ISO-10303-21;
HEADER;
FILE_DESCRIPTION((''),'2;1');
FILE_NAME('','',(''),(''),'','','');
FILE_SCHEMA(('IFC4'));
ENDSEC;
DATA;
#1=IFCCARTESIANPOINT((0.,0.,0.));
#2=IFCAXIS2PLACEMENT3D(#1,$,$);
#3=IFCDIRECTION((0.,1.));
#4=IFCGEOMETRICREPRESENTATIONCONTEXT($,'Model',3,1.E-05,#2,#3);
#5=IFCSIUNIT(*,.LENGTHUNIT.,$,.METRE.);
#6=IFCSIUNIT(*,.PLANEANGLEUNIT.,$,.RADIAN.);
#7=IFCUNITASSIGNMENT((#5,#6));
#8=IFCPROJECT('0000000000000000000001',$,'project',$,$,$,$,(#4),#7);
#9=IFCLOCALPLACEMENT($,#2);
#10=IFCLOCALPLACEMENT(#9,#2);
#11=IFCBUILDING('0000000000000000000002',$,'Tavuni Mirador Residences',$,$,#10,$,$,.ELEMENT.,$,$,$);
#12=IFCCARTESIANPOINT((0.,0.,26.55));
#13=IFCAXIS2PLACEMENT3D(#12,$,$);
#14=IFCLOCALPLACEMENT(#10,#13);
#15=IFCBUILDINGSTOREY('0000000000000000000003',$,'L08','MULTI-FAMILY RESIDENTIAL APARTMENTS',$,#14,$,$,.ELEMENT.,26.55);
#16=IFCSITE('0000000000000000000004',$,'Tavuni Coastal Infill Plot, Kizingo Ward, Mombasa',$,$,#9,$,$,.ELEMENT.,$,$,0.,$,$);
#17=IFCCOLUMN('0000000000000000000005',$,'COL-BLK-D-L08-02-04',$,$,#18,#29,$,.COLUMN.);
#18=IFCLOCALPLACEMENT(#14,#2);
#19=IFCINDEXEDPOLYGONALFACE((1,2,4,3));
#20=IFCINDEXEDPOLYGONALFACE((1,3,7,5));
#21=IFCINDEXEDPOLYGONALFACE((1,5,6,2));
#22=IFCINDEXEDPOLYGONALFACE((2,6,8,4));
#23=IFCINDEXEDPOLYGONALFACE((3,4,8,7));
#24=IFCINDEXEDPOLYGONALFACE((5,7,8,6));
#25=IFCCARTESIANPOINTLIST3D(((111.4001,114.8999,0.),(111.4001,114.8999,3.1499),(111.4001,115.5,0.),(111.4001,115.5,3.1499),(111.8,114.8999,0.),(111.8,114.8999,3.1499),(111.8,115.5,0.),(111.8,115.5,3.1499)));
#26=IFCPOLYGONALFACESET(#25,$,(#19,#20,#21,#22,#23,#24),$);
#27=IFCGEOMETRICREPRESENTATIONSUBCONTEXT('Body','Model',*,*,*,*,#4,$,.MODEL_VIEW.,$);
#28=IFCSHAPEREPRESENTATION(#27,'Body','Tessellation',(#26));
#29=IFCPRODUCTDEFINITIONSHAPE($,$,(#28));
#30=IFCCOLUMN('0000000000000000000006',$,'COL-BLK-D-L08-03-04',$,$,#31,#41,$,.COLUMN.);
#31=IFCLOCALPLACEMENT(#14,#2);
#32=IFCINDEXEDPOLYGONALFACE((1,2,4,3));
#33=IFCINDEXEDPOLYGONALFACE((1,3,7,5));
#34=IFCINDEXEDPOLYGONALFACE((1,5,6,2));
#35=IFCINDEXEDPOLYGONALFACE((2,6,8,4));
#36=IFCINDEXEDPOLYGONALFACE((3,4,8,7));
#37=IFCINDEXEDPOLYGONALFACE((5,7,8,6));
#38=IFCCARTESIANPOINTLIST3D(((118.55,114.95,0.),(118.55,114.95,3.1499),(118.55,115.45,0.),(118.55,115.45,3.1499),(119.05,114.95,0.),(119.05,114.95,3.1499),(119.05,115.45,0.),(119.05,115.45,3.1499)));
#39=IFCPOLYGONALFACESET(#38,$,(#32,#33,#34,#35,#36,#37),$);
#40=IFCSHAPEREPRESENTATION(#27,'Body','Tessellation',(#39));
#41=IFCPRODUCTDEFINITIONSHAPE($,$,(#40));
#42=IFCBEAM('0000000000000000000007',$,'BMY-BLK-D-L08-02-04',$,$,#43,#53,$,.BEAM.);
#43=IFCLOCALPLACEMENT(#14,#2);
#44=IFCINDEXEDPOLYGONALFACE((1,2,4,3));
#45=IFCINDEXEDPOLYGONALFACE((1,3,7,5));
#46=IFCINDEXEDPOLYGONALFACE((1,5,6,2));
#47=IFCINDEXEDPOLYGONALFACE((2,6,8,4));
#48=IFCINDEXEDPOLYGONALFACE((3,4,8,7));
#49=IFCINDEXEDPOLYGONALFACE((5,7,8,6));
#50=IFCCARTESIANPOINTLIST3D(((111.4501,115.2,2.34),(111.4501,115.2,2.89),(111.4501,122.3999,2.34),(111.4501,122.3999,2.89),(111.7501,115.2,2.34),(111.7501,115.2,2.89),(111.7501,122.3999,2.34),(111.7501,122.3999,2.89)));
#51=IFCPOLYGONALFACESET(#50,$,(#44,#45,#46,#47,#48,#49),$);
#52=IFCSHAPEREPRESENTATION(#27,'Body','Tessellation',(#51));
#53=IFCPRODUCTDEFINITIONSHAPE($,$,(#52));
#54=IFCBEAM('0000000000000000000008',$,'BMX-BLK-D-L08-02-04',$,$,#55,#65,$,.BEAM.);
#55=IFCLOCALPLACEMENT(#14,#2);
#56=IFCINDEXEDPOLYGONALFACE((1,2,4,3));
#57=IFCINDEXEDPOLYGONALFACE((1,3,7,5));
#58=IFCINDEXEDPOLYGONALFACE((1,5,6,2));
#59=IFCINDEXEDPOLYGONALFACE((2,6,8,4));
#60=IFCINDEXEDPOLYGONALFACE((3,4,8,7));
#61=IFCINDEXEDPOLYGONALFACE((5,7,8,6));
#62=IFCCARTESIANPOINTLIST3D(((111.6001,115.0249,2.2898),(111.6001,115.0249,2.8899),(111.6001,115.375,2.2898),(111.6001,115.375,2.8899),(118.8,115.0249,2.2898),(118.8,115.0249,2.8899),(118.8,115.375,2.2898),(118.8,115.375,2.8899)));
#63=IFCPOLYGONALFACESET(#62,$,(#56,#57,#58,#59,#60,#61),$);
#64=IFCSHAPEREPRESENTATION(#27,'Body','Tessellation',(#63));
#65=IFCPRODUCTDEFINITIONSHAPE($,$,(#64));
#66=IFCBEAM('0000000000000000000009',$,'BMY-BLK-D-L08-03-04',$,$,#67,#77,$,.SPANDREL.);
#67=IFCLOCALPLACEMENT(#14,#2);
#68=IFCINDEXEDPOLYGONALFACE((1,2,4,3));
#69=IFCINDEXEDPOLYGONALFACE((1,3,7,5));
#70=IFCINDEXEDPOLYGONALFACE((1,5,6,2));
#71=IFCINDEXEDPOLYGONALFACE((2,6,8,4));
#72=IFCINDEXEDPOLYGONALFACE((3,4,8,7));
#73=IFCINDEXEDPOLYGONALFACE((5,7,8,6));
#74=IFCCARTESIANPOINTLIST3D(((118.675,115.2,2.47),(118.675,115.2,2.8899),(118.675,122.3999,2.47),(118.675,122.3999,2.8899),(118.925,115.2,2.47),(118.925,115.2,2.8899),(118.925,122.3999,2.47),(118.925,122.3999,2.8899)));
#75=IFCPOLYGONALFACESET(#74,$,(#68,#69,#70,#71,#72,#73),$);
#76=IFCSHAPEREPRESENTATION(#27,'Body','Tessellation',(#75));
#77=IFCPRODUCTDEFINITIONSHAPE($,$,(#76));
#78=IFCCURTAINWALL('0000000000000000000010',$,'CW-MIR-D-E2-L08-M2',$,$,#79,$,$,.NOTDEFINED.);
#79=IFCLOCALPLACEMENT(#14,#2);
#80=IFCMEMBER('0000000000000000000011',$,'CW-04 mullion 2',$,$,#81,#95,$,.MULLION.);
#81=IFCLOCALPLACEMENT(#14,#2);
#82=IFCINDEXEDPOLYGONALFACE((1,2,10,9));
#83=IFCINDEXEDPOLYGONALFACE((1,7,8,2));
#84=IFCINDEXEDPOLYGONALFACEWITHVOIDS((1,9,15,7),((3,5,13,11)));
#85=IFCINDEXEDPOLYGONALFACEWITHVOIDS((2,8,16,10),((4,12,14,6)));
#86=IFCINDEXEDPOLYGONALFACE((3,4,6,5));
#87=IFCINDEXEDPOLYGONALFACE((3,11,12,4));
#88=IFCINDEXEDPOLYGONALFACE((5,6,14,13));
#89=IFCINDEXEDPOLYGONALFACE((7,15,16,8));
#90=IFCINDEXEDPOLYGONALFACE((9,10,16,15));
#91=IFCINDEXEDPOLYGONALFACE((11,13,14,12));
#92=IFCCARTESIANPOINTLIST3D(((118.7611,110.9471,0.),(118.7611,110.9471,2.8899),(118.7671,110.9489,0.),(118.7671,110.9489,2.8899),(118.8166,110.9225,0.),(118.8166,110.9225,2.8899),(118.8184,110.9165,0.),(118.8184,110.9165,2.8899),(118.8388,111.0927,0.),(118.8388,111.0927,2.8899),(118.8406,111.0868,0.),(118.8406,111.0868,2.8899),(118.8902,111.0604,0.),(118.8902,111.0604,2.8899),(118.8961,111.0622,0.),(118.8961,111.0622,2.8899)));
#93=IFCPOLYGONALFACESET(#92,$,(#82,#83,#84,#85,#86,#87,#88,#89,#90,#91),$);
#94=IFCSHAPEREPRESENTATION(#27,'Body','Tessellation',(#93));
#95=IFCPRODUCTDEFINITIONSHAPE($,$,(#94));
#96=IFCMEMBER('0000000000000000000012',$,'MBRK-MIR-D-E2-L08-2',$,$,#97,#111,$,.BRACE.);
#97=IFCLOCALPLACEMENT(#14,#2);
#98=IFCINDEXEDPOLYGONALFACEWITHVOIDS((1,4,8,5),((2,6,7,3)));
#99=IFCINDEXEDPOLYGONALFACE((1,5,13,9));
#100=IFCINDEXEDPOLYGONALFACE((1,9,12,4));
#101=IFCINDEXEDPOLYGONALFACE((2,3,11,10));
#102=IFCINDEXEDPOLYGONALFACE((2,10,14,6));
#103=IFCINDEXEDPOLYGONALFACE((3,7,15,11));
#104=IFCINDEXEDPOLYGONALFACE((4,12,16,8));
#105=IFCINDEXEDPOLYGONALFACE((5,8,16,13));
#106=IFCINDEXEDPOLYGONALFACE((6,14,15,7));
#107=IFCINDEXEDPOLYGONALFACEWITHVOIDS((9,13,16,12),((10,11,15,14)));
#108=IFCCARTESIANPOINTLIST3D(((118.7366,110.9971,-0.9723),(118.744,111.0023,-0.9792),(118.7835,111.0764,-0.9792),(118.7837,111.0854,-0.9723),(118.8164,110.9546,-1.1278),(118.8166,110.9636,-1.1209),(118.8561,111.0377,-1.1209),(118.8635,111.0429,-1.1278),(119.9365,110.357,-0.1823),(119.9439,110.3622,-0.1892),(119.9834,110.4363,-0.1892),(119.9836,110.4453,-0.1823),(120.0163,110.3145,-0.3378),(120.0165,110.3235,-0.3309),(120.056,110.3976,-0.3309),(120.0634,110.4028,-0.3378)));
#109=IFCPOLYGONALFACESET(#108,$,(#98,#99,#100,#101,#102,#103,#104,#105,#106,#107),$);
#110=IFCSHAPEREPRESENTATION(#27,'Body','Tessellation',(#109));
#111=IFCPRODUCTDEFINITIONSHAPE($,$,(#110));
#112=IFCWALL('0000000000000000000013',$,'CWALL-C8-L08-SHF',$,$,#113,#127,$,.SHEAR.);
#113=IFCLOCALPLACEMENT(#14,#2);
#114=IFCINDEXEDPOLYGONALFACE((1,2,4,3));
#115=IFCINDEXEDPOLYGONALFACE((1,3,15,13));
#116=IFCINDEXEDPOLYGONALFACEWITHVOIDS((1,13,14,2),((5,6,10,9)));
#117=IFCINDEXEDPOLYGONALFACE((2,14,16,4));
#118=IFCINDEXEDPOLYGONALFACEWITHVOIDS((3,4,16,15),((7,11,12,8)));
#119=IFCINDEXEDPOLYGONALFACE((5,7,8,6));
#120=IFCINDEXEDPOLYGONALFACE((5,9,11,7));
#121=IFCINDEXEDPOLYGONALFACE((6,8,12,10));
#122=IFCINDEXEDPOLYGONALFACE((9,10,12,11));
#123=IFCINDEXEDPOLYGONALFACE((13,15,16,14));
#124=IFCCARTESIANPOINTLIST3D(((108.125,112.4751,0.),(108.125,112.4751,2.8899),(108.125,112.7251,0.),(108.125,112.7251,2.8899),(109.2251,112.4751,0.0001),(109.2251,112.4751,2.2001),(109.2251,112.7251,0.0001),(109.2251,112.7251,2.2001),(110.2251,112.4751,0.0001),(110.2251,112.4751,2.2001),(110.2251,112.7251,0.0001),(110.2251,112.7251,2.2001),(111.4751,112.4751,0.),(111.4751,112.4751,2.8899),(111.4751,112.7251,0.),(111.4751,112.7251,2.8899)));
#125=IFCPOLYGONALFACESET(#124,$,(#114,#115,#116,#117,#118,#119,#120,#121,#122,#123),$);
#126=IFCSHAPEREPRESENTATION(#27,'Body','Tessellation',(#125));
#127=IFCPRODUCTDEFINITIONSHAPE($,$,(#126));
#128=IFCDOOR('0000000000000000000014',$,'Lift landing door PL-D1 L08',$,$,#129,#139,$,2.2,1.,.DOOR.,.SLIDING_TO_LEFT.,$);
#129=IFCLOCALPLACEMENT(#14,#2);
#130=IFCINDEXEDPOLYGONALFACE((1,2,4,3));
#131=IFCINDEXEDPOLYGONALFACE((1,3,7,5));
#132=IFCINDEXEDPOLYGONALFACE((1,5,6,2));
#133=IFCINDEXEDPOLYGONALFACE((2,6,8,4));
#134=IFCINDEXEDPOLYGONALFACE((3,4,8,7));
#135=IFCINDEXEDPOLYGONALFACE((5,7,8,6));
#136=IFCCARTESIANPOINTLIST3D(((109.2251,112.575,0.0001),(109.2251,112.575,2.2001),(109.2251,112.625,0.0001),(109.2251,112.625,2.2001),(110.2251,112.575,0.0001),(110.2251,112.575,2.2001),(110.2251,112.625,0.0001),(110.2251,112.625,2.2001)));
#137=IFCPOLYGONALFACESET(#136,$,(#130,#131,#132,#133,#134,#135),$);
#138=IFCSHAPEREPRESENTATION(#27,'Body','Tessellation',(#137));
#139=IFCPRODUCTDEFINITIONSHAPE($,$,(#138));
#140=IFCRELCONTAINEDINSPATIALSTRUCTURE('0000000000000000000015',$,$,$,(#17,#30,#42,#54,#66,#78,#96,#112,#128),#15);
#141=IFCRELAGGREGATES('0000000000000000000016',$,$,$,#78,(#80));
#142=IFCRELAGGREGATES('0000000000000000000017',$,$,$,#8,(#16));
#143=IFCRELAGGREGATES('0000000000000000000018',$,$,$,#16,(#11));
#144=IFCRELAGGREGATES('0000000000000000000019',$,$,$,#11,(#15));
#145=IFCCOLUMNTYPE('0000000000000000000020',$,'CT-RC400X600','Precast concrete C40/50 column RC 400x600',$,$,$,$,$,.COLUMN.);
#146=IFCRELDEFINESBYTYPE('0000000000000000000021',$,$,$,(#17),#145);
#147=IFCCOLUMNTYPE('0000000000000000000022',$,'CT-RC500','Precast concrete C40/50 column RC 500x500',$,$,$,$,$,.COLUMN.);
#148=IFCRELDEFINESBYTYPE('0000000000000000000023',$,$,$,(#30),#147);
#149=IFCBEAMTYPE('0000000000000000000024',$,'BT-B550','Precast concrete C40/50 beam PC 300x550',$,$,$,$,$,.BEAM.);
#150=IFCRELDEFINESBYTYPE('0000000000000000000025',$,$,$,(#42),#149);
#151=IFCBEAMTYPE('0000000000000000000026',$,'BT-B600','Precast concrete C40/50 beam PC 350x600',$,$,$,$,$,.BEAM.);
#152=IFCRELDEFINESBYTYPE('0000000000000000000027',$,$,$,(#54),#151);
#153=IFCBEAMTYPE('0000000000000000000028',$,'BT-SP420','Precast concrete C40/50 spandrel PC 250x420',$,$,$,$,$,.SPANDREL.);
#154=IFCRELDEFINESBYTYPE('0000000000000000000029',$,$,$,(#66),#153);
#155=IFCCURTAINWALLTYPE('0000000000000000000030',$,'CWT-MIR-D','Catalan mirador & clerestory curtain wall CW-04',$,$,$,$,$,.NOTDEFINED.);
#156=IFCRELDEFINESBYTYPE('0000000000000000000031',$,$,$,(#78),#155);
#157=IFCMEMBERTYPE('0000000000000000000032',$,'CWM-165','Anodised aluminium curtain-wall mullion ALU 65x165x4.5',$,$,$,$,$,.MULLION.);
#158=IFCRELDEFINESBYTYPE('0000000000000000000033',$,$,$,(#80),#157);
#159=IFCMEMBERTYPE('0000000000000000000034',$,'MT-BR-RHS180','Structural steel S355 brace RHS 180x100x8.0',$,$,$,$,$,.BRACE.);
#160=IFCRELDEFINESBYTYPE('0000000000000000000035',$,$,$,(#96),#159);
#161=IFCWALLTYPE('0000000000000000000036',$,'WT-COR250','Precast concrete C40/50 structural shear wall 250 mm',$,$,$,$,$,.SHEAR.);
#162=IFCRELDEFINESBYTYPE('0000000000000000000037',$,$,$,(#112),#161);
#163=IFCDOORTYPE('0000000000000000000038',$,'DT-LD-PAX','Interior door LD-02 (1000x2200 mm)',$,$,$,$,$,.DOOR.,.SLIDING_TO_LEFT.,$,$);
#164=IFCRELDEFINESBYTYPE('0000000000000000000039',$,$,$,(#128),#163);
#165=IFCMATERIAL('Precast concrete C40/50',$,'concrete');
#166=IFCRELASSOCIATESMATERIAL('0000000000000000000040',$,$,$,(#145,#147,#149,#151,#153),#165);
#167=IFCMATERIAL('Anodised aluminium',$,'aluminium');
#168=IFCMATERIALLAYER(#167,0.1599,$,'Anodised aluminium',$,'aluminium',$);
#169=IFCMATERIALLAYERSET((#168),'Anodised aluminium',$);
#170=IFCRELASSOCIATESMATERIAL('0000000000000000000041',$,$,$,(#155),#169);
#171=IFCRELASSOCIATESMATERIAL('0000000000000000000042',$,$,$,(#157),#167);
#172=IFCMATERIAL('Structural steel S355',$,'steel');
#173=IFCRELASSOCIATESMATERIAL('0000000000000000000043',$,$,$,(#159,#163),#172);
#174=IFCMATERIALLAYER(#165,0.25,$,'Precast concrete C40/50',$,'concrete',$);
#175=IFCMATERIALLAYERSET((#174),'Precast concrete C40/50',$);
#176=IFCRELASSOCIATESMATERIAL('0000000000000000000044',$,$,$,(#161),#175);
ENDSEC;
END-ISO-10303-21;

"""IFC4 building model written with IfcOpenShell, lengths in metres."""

from ifc_helpers import new_model, si_unit, direction, frame, frame_2d, origin, origin_2d, place, context, subcontext, project, spatial, rectangle, hollow_rectangle, extrude, material, layer, layer_set, material_profile, profile_set, type_object, element, fill, aggregate, save


model = new_model("IFC4")

# Units and contexts
model_context = context("Model", 3, precision=1e-05, world=origin(), true_north=direction((0.0, 1.0)))
body_context = subcontext(model_context, "Body", "Model", "MODEL_VIEW")
ifc_project = project(units=[si_unit("LENGTHUNIT", "METRE"), si_unit("PLANEANGLEUNIT", "RADIAN")], contexts=[model_context])

# Site, building, storey
site_placement = place(None, origin())
site = spatial("IfcSite", under=ifc_project, at=site_placement, Name="Tavuni Coastal Infill Plot, Kizingo Ward, Mombasa", CompositionType="ELEMENT", RefElevation=0.0)
building_placement = place(site_placement, origin())
building = spatial("IfcBuilding", under=site, at=building_placement, Name="Tavuni Mirador Residences", CompositionType="ELEMENT")
storey_placement = place(building_placement, frame((0.0, 0.0, 26.55)))
storey = spatial("IfcBuildingStorey", under=building, at=storey_placement, Name="L08", Description="MULTI-FAMILY RESIDENTIAL APARTMENTS", CompositionType="ELEMENT", Elevation=26.55)

# Columns
ifc_material_1 = material(Name="Precast concrete C40/50", Category="concrete")
ifc_material_profile_1 = material_profile(ifc_material_1, rectangle(XDim=0.3999, YDim=0.6001, at=origin_2d()), Name="RC 400x600", Category="concrete")
ifc_profile_set_1 = profile_set([ifc_material_profile_1], Name="Precast concrete C40/50")
column_type_1 = type_object("IfcColumnType", Name="CT-RC400X600", Description="Precast concrete C40/50 column RC 400x600", PredefinedType="COLUMN", material=ifc_profile_set_1)
column_1_placement = place(storey_placement, frame((111.6001, 115.2, 0.0), z_axis=(0.0, 0.0, 1.0), x_axis=(1.0, 0.0, 0.0)))
element("IfcColumn", 1, at=column_1_placement, inside=storey, type_object=column_type_1, Name="COL-BLK-D-L08-02-04", PredefinedType="COLUMN", context=body_context, shape_type="SweptSolid", body=[
    extrude(rectangle(XDim=0.3999, YDim=0.6001, at=origin_2d()), origin(), (0.0, 0.0, 1.0), 3.1499),
])
ifc_material_profile_2 = material_profile(ifc_material_1, rectangle(XDim=0.5, YDim=0.5, at=origin_2d()), Name="RC 500x500", Category="concrete")
ifc_profile_set_2 = profile_set([ifc_material_profile_2], Name="Precast concrete C40/50")
column_type_2 = type_object("IfcColumnType", Name="CT-RC500", Description="Precast concrete C40/50 column RC 500x500", PredefinedType="COLUMN", material=ifc_profile_set_2)
column_2_placement = place(storey_placement, frame((118.8, 115.2, 0.0), z_axis=(0.0, 0.0, 1.0), x_axis=(1.0, 0.0, 0.0)))
element("IfcColumn", 2, at=column_2_placement, inside=storey, type_object=column_type_2, Name="COL-BLK-D-L08-03-04", PredefinedType="COLUMN", context=body_context, shape_type="SweptSolid", body=[
    extrude(rectangle(XDim=0.5, YDim=0.5, at=origin_2d()), origin(), (0.0, 0.0, 1.0), 3.1499),
])

# Beams
ifc_material_profile_3 = material_profile(ifc_material_1, rectangle(XDim=0.3, YDim=0.55, at=origin_2d()), Name="PC 300x550", Category="concrete")
ifc_profile_set_3 = profile_set([ifc_material_profile_3], Name="Precast concrete C40/50")
beam_type_1 = type_object("IfcBeamType", Name="BT-B550", Description="Precast concrete C40/50 beam PC 300x550", PredefinedType="BEAM", material=ifc_profile_set_3)
beam_1_placement = place(storey_placement, frame((111.6001, 115.2, 2.615), z_axis=(0.0, 1.0, 0.0), x_axis=(-1.0, 0.0, 0.0)))
element("IfcBeam", 3, at=beam_1_placement, inside=storey, type_object=beam_type_1, Name="BMY-BLK-D-L08-02-04", PredefinedType="BEAM", context=body_context, shape_type="SweptSolid", body=[
    extrude(rectangle(XDim=0.3, YDim=0.55, at=origin_2d()), origin(), (0.0, 0.0, 1.0), 7.2),
])
ifc_material_profile_4 = material_profile(ifc_material_1, rectangle(XDim=0.3501, YDim=0.6001, at=origin_2d()), Name="PC 350x600", Category="concrete")
ifc_profile_set_4 = profile_set([ifc_material_profile_4], Name="Precast concrete C40/50")
beam_type_2 = type_object("IfcBeamType", Name="BT-B600", Description="Precast concrete C40/50 beam PC 350x600", PredefinedType="BEAM", material=ifc_profile_set_4)
beam_2_placement = place(storey_placement, frame((111.6001, 115.2, 2.5898), z_axis=(1.0, 0.0, 0.0), x_axis=(0.0, 1.0, 0.0)))
element("IfcBeam", 4, at=beam_2_placement, inside=storey, type_object=beam_type_2, Name="BMX-BLK-D-L08-02-04", PredefinedType="BEAM", context=body_context, shape_type="SweptSolid", body=[
    extrude(rectangle(XDim=0.3501, YDim=0.6001, at=origin_2d()), origin(), (0.0, 0.0, 1.0), 7.2),
])
ifc_material_profile_5 = material_profile(ifc_material_1, rectangle(XDim=0.25, YDim=0.4199, at=origin_2d()), Name="PC 250x420", Category="concrete")
ifc_profile_set_5 = profile_set([ifc_material_profile_5], Name="Precast concrete C40/50")
beam_type_3 = type_object("IfcBeamType", Name="BT-SP420", Description="Precast concrete C40/50 spandrel PC 250x420", PredefinedType="SPANDREL", material=ifc_profile_set_5)
beam_3_placement = place(storey_placement, frame((118.8, 115.2, 2.6799), z_axis=(0.0, 1.0, 0.0), x_axis=(-1.0, 0.0, 0.0)))
element("IfcBeam", 5, at=beam_3_placement, inside=storey, type_object=beam_type_3, Name="BMY-BLK-D-L08-03-04", PredefinedType="SPANDREL", context=body_context, shape_type="SweptSolid", body=[
    extrude(rectangle(XDim=0.25, YDim=0.4199, at=origin_2d()), origin(), (0.0, 0.0, 1.0), 7.2),
])

# Curtain wall, member
ifc_material_2 = material(Name="Anodised aluminium", Category="aluminium")
ifc_layer_1 = layer(ifc_material_2, 0.1599, Name="Anodised aluminium", Category="aluminium")
ifc_layer_set_1 = layer_set([ifc_layer_1], Name="Anodised aluminium")
curtain_wall_type = type_object("IfcCurtainWallType", Name="CWT-MIR-D", Description="Catalan mirador & clerestory curtain wall CW-04", PredefinedType="NOTDEFINED", material=ifc_layer_set_1)
curtain_wall_placement = place(storey_placement, origin())
curtain_wall = element("IfcCurtainWall", 6, at=curtain_wall_placement, inside=storey, type_object=curtain_wall_type, Name="CW-MIR-D-E2-L08-M2", PredefinedType="NOTDEFINED")
ifc_material_profile_6 = material_profile(ifc_material_2, hollow_rectangle(XDim=0.0649, YDim=0.165, WallThickness=0.0044, at=origin_2d()), Name="ALU 65x165x4.5", Category="aluminium")
ifc_profile_set_6 = profile_set([ifc_material_profile_6], Name="Anodised aluminium")
member_type_1 = type_object("IfcMemberType", Name="CWM-165", Description="Anodised aluminium curtain-wall mullion ALU 65x165x4.5", PredefinedType="MULLION", material=ifc_profile_set_6)
member_1_placement = place(storey_placement, frame((118.8286, 111.0046, 0.0), z_axis=(0.0, 0.0, 1.0), x_axis=(-0.882353, 0.470588, 0.0)))
member_1 = element("IfcMember", 7, at=member_1_placement, type_object=member_type_1, Name="CW-04 mullion 2", PredefinedType="MULLION", context=body_context, shape_type="SweptSolid", body=[
    extrude(hollow_rectangle(XDim=0.0649, YDim=0.165, WallThickness=0.0044, at=origin_2d()), origin(), (0.0, 0.0, 1.0), 2.8899),
])
aggregate(curtain_wall, [member_1])

# Member
ifc_material_3 = material(Name="Structural steel S355", Category="steel")
ifc_material_profile_7 = material_profile(ifc_material_3, hollow_rectangle(XDim=0.1001, YDim=0.1799, WallThickness=0.0081, at=origin_2d()), Name="RHS 180x100x8.0", Category="steel")
ifc_profile_set_7 = profile_set([ifc_material_profile_7], Name="Structural steel S355")
member_type_2 = type_object("IfcMemberType", Name="MT-BR-RHS180", Description="Structural steel S355 brace RHS 180x100x8.0", PredefinedType="BRACE", material=ifc_profile_set_7)
member_2_placement = place(storey_placement, frame((118.8, 111.02, -1.05), z_axis=(0.762921, -0.406995, 0.502302), x_axis=(0.470681, 0.882303, 0.0)))
element("IfcMember", 8, at=member_2_placement, inside=storey, type_object=member_type_2, Name="MBRK-MIR-D-E2-L08-2", PredefinedType="BRACE", context=body_context, shape_type="SweptSolid", body=[
    extrude(hollow_rectangle(XDim=0.1001, YDim=0.1799, WallThickness=0.0081, at=origin_2d()), origin(), (0.0, 0.0, 1.0), 1.5728),
])

# Wall, opening, door
ifc_layer_2 = layer(ifc_material_1, 0.25, Name="Precast concrete C40/50", Category="concrete")
ifc_layer_set_2 = layer_set([ifc_layer_2], Name="Precast concrete C40/50")
wall_type_1 = type_object("IfcWallType", Name="WT-COR250", Description="Precast concrete C40/50 structural shear wall 250 mm", PredefinedType="SHEAR", material=ifc_layer_set_2)
wall_1_placement = place(storey_placement, frame((108.125, 112.6001, 0.0), z_axis=(0.0, 0.0, 1.0), x_axis=(1.0, 0.0, 0.0)))
wall_1 = element("IfcWall", 9, at=wall_1_placement, inside=storey, type_object=wall_type_1, Name="CWALL-C8-L08-SHF", PredefinedType="SHEAR", context=body_context, shape_type="SweptSolid", body=[
    extrude(rectangle(XDim=3.3501, YDim=0.25, at=frame_2d((1.675, 0.0))), origin(), (0.0, 0.0, 1.0), 2.8899),
])
opening_1_placement = place(wall_1_placement, frame((1.1001, 0.0, 0.0)))
opening_1 = element("IfcOpeningElement", 10, at=opening_1_placement, cuts=wall_1, PredefinedType="OPENING", context=body_context, shape_type="SweptSolid", body=[
    extrude(rectangle(XDim=1.0, YDim=2.2, at=frame_2d((0.5, 1.1001))), frame((0.0, 0.135, 0.0), z_axis=(0.0, -1.0, 0.0), x_axis=(1.0, 0.0, 0.0)), (0.0, 0.0, 1.0), 0.27),
])
door_type_1 = type_object("IfcDoorType", Name="DT-LD-PAX", Description="Interior door LD-02 (1000x2200 mm)", OperationType="SLIDING_TO_LEFT", PredefinedType="DOOR", material=ifc_material_3)
door_1_placement = place(opening_1_placement, origin())
door_1 = element("IfcDoor", 11, at=door_1_placement, inside=storey, type_object=door_type_1, Name="Lift landing door PL-D1 L08", OperationType="SLIDING_TO_LEFT", OverallHeight=2.2, OverallWidth=1.0, PredefinedType="DOOR", context=body_context, shape_type="SweptSolid", body=[
    extrude(rectangle(XDim=1.0, YDim=2.2, at=frame_2d((0.5, 1.1001))), frame((0.0, 0.0249, 0.0), z_axis=(0.0, -1.0, 0.0), x_axis=(1.0, 0.0, 0.0)), (0.0, 0.0, 1.0), 0.05),
])
fill(opening_1, door_1)

save(model, "model.ifc")
